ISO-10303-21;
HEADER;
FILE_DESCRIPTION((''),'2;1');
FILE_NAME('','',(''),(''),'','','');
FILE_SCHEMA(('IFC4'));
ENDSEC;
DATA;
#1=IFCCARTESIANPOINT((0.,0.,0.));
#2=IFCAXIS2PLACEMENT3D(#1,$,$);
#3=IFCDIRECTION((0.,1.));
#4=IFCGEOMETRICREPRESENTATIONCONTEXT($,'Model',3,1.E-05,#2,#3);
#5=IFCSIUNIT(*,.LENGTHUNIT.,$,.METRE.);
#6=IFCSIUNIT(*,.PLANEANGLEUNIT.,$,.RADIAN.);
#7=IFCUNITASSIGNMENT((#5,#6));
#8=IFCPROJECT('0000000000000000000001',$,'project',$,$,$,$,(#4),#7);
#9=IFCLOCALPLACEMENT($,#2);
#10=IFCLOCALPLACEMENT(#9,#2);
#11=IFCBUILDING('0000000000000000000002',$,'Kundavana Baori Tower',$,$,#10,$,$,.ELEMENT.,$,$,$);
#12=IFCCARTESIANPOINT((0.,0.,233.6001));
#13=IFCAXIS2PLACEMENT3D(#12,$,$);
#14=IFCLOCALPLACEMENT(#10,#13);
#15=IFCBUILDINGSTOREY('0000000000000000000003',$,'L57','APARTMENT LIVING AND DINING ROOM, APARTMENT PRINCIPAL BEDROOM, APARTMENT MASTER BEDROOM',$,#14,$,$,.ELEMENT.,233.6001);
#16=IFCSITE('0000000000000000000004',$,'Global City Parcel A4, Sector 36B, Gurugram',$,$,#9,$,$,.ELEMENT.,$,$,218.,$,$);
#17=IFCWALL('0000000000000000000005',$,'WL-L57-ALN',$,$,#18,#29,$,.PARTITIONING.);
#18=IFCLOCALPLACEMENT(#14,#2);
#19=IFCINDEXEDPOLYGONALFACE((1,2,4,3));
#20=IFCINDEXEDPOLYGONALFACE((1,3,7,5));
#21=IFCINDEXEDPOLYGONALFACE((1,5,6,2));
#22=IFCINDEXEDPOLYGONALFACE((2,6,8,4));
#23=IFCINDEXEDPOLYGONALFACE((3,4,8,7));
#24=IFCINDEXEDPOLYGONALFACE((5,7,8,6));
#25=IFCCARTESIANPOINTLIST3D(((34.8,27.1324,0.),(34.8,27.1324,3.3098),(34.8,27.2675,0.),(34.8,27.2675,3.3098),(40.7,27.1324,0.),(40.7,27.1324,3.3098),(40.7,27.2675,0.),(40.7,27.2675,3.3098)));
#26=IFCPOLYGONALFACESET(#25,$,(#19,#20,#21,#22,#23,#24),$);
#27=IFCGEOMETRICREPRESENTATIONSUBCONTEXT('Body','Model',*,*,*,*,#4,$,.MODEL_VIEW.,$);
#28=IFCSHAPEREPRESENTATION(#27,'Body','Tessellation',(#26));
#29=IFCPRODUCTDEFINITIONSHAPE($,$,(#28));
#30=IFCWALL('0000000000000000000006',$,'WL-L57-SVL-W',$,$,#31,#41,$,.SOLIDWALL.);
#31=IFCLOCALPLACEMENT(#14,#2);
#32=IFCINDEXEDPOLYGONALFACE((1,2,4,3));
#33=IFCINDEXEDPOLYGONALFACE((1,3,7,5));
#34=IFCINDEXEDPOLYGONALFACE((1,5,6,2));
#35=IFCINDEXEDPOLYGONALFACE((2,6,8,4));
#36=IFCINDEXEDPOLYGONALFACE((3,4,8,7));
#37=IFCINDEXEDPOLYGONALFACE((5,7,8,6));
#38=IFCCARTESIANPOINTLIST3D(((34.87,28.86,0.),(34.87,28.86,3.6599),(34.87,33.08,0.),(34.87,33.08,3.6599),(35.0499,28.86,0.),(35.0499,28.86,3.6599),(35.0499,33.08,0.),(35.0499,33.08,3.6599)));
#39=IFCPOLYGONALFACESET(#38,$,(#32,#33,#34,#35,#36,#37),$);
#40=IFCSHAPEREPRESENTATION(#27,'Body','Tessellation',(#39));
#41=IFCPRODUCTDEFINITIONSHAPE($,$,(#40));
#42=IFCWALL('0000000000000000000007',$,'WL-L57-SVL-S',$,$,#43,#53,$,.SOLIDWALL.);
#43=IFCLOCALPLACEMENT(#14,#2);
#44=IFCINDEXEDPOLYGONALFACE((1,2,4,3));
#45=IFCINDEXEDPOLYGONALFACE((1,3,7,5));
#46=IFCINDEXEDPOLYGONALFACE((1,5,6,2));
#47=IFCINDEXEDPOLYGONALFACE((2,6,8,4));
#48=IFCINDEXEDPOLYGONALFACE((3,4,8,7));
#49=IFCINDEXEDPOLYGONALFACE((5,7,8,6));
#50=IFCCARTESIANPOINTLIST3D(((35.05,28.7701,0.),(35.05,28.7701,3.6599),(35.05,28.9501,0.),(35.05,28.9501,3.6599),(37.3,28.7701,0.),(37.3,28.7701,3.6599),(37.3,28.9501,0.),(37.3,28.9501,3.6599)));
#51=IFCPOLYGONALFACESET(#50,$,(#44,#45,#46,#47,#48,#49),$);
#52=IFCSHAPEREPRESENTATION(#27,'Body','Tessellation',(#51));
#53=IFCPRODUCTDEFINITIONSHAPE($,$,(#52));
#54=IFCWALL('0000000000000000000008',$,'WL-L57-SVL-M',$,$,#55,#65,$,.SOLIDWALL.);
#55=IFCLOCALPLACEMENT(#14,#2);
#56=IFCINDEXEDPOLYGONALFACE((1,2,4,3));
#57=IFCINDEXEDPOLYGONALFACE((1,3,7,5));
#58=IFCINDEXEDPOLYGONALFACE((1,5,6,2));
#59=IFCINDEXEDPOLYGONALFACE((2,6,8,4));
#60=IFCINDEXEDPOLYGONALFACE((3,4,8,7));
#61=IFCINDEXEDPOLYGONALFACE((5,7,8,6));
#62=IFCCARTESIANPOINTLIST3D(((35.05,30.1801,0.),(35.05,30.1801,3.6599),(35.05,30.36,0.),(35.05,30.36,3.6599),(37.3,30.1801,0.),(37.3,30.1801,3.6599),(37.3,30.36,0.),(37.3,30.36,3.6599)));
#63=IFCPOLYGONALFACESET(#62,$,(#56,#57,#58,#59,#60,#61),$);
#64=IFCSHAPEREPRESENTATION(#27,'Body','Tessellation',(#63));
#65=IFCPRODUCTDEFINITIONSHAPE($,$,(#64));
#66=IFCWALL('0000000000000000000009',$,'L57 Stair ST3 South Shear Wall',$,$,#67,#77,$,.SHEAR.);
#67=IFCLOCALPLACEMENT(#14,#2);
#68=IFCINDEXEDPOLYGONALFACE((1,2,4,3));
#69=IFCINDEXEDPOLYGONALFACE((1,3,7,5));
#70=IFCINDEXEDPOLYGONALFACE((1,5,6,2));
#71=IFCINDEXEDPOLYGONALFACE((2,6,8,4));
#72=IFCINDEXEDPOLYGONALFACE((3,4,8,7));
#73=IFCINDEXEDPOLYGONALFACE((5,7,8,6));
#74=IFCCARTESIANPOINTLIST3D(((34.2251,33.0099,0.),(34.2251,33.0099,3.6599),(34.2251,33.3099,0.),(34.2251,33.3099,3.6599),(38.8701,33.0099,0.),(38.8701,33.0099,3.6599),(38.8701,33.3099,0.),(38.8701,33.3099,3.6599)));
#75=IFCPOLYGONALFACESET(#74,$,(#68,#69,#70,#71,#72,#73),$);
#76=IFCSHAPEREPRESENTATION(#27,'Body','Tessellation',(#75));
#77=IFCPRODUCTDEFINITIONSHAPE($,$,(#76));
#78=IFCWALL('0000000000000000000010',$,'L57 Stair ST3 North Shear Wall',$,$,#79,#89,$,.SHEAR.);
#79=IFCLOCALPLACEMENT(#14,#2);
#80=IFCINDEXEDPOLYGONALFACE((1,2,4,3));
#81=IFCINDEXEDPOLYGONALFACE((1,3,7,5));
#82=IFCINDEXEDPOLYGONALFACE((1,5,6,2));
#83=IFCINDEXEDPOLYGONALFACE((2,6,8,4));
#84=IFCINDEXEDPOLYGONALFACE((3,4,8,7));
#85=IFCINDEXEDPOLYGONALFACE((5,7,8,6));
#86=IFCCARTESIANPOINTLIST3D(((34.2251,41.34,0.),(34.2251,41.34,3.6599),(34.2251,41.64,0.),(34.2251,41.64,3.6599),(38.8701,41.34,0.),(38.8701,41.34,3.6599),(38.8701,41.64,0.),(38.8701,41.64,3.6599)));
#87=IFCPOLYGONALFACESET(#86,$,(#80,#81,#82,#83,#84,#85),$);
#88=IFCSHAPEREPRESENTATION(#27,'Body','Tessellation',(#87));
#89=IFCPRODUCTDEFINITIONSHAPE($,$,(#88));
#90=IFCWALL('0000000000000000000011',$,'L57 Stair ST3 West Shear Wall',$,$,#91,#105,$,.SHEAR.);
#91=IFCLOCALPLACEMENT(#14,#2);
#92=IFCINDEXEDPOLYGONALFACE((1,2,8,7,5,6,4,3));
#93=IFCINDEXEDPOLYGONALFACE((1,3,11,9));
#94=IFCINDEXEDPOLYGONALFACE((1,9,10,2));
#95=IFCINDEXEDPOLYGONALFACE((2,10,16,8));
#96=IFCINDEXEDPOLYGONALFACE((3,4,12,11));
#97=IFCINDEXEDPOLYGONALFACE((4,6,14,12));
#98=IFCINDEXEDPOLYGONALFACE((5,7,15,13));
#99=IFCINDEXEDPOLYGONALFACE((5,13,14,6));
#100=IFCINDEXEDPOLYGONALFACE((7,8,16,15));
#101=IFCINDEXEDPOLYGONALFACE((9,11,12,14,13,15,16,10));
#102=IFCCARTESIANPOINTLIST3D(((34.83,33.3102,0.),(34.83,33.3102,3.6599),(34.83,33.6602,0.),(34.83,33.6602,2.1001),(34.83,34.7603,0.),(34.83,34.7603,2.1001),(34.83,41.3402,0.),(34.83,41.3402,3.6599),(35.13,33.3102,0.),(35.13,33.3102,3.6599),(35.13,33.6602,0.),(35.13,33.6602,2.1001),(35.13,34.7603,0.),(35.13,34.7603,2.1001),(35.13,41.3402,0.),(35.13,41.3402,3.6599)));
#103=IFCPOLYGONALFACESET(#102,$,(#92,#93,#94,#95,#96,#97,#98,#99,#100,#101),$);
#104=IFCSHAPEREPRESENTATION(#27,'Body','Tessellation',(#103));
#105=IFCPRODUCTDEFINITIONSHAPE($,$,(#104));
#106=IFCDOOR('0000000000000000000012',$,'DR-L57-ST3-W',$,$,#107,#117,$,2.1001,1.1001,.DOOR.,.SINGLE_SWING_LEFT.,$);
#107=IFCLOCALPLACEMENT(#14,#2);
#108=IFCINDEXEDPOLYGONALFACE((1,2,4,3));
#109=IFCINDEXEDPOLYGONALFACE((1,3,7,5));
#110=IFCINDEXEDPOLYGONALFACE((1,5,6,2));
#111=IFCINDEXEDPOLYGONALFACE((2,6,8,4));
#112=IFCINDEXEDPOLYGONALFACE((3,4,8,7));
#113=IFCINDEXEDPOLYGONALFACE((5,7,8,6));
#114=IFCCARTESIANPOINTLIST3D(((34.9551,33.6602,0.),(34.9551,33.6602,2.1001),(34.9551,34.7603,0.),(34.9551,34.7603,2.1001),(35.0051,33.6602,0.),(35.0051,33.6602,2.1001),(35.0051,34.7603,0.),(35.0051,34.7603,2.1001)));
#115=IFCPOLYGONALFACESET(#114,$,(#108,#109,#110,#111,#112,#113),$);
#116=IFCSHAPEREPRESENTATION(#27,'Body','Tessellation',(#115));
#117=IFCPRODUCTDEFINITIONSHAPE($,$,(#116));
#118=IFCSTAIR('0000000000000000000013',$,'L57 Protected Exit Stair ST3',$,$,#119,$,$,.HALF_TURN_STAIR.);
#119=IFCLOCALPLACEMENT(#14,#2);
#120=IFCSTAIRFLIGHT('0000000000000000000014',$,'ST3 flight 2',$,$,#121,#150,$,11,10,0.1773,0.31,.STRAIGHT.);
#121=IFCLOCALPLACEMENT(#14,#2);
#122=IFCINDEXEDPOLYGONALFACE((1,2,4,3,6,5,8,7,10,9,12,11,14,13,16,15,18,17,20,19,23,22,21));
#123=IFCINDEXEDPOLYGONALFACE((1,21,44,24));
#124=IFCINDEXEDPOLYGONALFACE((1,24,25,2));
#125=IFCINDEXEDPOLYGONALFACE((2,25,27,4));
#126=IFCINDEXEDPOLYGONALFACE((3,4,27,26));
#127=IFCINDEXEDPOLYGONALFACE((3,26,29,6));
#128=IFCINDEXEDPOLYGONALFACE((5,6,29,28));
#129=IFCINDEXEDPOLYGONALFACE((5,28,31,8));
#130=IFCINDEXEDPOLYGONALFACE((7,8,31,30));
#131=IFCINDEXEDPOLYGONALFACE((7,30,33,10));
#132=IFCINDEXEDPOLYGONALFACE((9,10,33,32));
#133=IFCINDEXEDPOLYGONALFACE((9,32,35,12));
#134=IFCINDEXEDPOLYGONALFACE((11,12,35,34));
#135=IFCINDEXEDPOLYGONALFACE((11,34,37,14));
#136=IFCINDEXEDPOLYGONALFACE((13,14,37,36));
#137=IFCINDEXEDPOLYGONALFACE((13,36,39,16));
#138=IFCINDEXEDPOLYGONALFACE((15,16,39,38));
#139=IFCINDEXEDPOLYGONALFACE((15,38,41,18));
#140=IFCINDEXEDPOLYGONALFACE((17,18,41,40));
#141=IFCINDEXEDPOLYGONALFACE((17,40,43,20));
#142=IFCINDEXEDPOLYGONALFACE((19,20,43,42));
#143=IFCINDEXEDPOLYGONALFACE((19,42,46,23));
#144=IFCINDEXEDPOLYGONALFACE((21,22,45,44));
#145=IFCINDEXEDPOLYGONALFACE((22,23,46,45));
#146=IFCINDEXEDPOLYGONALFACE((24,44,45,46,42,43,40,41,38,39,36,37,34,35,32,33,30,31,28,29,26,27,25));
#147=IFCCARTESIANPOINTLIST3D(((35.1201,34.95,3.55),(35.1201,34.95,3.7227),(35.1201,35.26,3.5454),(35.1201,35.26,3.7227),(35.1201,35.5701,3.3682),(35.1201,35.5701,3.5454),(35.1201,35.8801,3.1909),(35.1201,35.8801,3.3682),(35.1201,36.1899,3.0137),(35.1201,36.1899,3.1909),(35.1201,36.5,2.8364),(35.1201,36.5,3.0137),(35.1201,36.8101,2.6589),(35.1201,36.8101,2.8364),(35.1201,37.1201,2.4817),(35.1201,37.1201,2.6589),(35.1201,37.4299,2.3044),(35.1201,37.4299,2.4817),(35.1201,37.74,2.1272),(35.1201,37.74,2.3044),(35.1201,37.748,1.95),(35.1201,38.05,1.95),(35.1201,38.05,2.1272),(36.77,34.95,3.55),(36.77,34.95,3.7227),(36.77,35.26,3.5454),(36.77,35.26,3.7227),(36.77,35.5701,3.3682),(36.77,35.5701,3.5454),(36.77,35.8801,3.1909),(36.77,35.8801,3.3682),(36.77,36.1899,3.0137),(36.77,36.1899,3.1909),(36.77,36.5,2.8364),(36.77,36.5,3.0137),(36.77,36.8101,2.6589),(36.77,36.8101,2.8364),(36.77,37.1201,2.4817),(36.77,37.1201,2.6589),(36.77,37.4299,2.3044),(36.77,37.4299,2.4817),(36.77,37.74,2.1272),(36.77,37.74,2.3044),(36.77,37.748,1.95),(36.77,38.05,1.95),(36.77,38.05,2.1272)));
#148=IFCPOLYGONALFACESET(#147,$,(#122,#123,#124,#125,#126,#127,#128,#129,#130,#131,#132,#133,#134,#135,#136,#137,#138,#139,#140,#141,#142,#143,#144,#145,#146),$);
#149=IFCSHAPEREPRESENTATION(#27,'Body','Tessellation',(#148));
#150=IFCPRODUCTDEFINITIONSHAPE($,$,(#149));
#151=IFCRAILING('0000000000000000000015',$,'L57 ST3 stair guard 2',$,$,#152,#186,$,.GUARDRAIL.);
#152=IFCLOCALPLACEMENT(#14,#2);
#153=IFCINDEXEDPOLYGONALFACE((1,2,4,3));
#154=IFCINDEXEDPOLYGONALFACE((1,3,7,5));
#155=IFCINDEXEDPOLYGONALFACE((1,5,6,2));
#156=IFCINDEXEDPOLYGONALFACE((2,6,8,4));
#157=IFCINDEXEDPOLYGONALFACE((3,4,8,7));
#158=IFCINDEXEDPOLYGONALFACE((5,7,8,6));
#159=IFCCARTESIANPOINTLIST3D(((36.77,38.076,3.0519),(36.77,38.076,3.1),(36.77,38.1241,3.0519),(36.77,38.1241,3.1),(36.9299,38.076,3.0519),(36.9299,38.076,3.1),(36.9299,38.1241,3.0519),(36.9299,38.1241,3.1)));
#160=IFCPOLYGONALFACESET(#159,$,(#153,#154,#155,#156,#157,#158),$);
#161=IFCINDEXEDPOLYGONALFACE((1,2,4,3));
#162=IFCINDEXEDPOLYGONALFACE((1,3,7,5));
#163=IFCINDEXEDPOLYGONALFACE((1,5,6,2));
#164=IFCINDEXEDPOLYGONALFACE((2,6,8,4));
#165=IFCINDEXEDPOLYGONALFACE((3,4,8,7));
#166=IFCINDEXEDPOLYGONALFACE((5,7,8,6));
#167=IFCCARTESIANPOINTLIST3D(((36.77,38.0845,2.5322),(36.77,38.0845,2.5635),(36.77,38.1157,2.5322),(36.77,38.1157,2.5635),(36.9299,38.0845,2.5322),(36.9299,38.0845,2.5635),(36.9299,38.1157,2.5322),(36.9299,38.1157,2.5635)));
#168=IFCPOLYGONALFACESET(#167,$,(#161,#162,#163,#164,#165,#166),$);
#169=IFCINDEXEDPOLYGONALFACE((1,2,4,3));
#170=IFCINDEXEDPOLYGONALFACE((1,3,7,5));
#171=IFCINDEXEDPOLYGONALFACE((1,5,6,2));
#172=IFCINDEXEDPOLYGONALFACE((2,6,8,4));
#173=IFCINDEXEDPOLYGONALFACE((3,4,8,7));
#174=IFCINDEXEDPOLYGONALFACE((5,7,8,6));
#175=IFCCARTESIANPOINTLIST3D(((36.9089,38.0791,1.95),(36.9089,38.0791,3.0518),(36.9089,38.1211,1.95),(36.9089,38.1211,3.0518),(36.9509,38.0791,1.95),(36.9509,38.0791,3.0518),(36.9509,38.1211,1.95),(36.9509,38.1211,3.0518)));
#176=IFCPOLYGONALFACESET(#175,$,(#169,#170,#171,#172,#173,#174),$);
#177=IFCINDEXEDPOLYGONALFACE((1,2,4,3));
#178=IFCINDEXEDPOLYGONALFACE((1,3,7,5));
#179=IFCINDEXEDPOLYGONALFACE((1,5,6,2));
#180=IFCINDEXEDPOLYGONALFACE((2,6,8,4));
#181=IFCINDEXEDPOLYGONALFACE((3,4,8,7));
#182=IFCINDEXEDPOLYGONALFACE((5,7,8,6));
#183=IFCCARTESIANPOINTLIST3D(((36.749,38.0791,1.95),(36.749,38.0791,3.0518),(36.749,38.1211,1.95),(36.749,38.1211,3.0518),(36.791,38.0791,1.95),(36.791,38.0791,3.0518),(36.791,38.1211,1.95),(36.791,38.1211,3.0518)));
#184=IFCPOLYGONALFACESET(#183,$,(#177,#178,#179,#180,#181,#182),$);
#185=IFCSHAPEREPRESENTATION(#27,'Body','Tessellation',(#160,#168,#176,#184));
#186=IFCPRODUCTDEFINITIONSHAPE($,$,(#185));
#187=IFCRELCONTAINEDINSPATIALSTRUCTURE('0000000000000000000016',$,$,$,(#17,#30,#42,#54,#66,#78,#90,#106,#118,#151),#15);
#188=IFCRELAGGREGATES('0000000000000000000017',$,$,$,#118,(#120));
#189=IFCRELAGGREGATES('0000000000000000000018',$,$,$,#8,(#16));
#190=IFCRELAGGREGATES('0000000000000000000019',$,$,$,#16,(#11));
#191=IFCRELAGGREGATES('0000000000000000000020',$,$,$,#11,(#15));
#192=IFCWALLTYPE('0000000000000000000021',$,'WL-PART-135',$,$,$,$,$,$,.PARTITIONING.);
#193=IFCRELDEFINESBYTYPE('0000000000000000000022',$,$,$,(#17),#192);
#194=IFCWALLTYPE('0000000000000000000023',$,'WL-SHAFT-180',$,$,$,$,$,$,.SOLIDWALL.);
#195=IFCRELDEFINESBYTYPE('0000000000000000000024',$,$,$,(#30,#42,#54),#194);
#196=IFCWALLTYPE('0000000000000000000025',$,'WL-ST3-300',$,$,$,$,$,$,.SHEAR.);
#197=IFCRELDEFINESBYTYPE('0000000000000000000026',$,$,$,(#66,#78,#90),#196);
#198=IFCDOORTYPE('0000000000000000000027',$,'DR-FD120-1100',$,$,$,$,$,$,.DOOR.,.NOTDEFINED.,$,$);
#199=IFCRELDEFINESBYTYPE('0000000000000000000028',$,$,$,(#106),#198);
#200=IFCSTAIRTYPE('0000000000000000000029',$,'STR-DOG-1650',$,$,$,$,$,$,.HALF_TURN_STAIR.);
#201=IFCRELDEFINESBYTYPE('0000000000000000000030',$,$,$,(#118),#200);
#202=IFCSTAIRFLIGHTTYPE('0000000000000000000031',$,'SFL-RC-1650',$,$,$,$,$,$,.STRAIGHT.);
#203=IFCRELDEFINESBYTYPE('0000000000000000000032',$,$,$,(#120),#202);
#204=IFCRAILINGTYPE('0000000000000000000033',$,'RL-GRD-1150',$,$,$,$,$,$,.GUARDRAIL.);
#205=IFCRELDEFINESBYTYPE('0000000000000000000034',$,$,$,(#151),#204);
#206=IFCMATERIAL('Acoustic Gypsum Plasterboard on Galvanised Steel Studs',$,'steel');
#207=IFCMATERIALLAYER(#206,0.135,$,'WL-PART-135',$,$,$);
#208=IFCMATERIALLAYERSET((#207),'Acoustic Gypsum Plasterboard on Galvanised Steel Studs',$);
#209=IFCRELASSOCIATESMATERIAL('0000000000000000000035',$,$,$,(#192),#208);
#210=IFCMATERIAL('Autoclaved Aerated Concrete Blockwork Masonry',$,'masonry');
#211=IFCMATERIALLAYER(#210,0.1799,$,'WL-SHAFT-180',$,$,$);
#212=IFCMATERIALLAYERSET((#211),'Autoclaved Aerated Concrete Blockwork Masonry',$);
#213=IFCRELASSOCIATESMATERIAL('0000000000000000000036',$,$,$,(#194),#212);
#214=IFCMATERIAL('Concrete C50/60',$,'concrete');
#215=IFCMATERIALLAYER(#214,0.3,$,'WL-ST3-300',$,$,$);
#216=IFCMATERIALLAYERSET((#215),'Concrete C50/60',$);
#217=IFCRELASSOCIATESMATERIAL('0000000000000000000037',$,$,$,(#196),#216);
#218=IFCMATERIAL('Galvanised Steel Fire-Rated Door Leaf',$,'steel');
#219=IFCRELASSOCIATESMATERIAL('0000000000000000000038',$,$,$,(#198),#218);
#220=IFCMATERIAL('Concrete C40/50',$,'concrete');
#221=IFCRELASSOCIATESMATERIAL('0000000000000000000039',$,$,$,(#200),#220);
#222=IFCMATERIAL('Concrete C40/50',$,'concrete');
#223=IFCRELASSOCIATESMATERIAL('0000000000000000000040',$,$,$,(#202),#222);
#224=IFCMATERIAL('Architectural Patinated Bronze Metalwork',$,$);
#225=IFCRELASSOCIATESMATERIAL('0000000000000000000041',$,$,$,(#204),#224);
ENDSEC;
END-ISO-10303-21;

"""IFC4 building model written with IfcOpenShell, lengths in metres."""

from ifc_helpers import new_model, si_unit, direction, frame, frame_2d, origin, origin_2d, place, context, subcontext, project, spatial, polyline, rectangle, outline, extrude, material, layer, layer_set, type_object, element, fill, aggregate, save


model = new_model("IFC4")

# Units and contexts
model_context = context("Model", 3, precision=1e-05, world=origin(), true_north=direction((0.0, 1.0)))
body_context = subcontext(model_context, "Body", "Model", "MODEL_VIEW")
ifc_project = project(units=[si_unit("LENGTHUNIT", "METRE"), si_unit("PLANEANGLEUNIT", "RADIAN")], contexts=[model_context])

# Site, building, storey
site_placement = place(None, origin())
site = spatial("IfcSite", under=ifc_project, at=site_placement, Name="Global City Parcel A4, Sector 36B, Gurugram", CompositionType="ELEMENT", RefElevation=218.0)
building_placement = place(site_placement, origin())
building = spatial("IfcBuilding", under=site, at=building_placement, Name="Kundavana Baori Tower", CompositionType="ELEMENT")
storey_placement = place(building_placement, frame((0.0, 0.0, 233.6001)))
storey = spatial("IfcBuildingStorey", under=building, at=storey_placement, Name="L57", Description="APARTMENT LIVING AND DINING ROOM, APARTMENT PRINCIPAL BEDROOM, APARTMENT MASTER BEDROOM", CompositionType="ELEMENT", Elevation=233.6001)

# Shared definitions
ifc_material_1 = material(Name="Acoustic Gypsum Plasterboard on Galvanised Steel Studs", Category="steel")
ifc_layer_1 = layer(ifc_material_1, 0.135, Name="WL-PART-135")
ifc_layer_set_1 = layer_set([ifc_layer_1], Name="Acoustic Gypsum Plasterboard on Galvanised Steel Studs")
wall_type_1 = type_object("IfcWallType", Name="WL-PART-135", PredefinedType="PARTITIONING", material=ifc_layer_set_1)

# Walls
wall_1_placement = place(storey_placement, frame((34.8, 27.2, 0.0), z_axis=(0.0, 0.0, 1.0), x_axis=(1.0, 0.0, 0.0)))
element("IfcWall", 1, at=wall_1_placement, inside=storey, type_object=wall_type_1, Name="WL-L57-ALN", PredefinedType="PARTITIONING", context=body_context, shape_type="SweptSolid", body=[
    extrude(rectangle(XDim=5.8999, YDim=0.135, at=frame_2d((2.95, 0.0))), origin(), (0.0, 0.0, 1.0), 3.3098),
])
ifc_material_2 = material(Name="Autoclaved Aerated Concrete Blockwork Masonry", Category="masonry")
ifc_layer_2 = layer(ifc_material_2, 0.1799, Name="WL-SHAFT-180")
ifc_layer_set_2 = layer_set([ifc_layer_2], Name="Autoclaved Aerated Concrete Blockwork Masonry")
wall_type_2 = type_object("IfcWallType", Name="WL-SHAFT-180", PredefinedType="SOLIDWALL", material=ifc_layer_set_2)
wall_2_placement = place(storey_placement, frame((34.96, 28.8601, 0.0), z_axis=(0.0, 0.0, 1.0), x_axis=(0.0, 1.0, 0.0)))
element("IfcWall", 2, at=wall_2_placement, inside=storey, type_object=wall_type_2, Name="WL-L57-SVL-W", PredefinedType="SOLIDWALL", context=body_context, shape_type="SweptSolid", body=[
    extrude(rectangle(XDim=4.22, YDim=0.1799, at=frame_2d((2.1099, 0.0))), origin(), (0.0, 0.0, 1.0), 3.6599),
])
for number, where, z_axis, x_axis, name in (
    (3, (35.05, 28.8601, 0.0), (0.0, 0.0, 1.0), (1.0, 0.0, 0.0), "WL-L57-SVL-S"),
    (4, (35.05, 30.27, 0.0), (0.0, 0.0, 1.0), (1.0, 0.0, 0.0), "WL-L57-SVL-M"),
):
    element("IfcWall", number, at=place(storey_placement, frame(where, z_axis=z_axis, x_axis=x_axis)), inside=storey, type_object=wall_type_2, Name=name, PredefinedType="SOLIDWALL", context=body_context, shape_type="SweptSolid", body=[
        extrude(rectangle(XDim=2.25, YDim=0.1799, at=frame_2d((1.125, 0.0))), origin(), (0.0, 0.0, 1.0), 3.6599),
    ])
ifc_material_3 = material(Name="Concrete C50/60", Category="concrete")
ifc_layer_3 = layer(ifc_material_3, 0.3, Name="WL-ST3-300")
ifc_layer_set_3 = layer_set([ifc_layer_3], Name="Concrete C50/60")
wall_type_3 = type_object("IfcWallType", Name="WL-ST3-300", PredefinedType="SHEAR", material=ifc_layer_set_3)
for number, where, z_axis, x_axis, name in (
    (5, (34.2251, 33.1599, 0.0), (0.0, 0.0, 1.0), (1.0, 0.0, 0.0), "L57 Stair ST3 South Shear Wall"),
    (6, (34.2251, 41.49, 0.0), (0.0, 0.0, 1.0), (1.0, 0.0, 0.0), "L57 Stair ST3 North Shear Wall"),
):
    element("IfcWall", number, at=place(storey_placement, frame(where, z_axis=z_axis, x_axis=x_axis)), inside=storey, type_object=wall_type_3, Name=name, PredefinedType="SHEAR", context=body_context, shape_type="SweptSolid", body=[
        extrude(rectangle(XDim=4.645, YDim=0.3, at=frame_2d((2.3225, 0.0))), origin(), (0.0, 0.0, 1.0), 3.6599),
    ])

# Wall, opening, door
wall_3_placement = place(storey_placement, frame((34.98, 33.3101, 0.0), z_axis=(0.0, 0.0, 1.0), x_axis=(0.0, 1.0, 0.0)))
wall_3 = element("IfcWall", 7, at=wall_3_placement, inside=storey, type_object=wall_type_3, Name="L57 Stair ST3 West Shear Wall", PredefinedType="SHEAR", context=body_context, shape_type="SweptSolid", body=[
    extrude(rectangle(XDim=8.03, YDim=0.3, at=frame_2d((4.0151, 0.0))), origin(), (0.0, 0.0, 1.0), 3.6599),
])
opening_1_placement = place(wall_3_placement, frame((0.3501, 0.0, 0.0)))
opening_1 = element("IfcOpeningElement", 8, at=opening_1_placement, cuts=wall_3, PredefinedType="OPENING", context=body_context, shape_type="SweptSolid", body=[
    extrude(rectangle(XDim=1.1001, YDim=2.1001, at=frame_2d((0.55, 1.05))), frame((0.0, 0.1602, 0.0), z_axis=(0.0, -1.0, 0.0), x_axis=(1.0, 0.0, 0.0)), (0.0, 0.0, 1.0), 0.3201),
])
ifc_material_4 = material(Name="Galvanised Steel Fire-Rated Door Leaf", Category="steel")
door_type_1 = type_object("IfcDoorType", Name="DR-FD120-1100", OperationType="NOTDEFINED", PredefinedType="DOOR", material=ifc_material_4)
door_1_placement = place(opening_1_placement, origin())
door_1 = element("IfcDoor", 9, at=door_1_placement, inside=storey, type_object=door_type_1, Name="DR-L57-ST3-W", OperationType="SINGLE_SWING_LEFT", OverallHeight=2.1001, OverallWidth=1.1001, PredefinedType="DOOR", context=body_context, shape_type="SweptSolid", body=[
    extrude(rectangle(XDim=1.1001, YDim=2.1001, at=frame_2d((0.55, 1.05))), frame((0.0, 0.0249, 0.0), z_axis=(0.0, -1.0, 0.0), x_axis=(1.0, 0.0, 0.0)), (0.0, 0.0, 1.0), 0.05),
])
fill(opening_1, door_1)

# Stair, stair flight
ifc_material_5 = material(Name="Concrete C40/50", Category="concrete")
stair_type = type_object("IfcStairType", Name="STR-DOG-1650", PredefinedType="HALF_TURN_STAIR", material=ifc_material_5)
stair_placement = place(storey_placement, origin())
stair = element("IfcStair", 10, at=stair_placement, inside=storey, type_object=stair_type, Name="L57 Protected Exit Stair ST3", PredefinedType="HALF_TURN_STAIR")
ifc_material_6 = material(Name="Concrete C40/50", Category="concrete")
stair_flight_type = type_object("IfcStairFlightType", Name="SFL-RC-1650", PredefinedType="STRAIGHT", material=ifc_material_6)
stair_flight_placement = place(storey_placement, frame((35.9451, 38.05, 1.95), z_axis=(0.0, 0.0, 1.0), x_axis=(0.0, -1.0, 0.0)))
stair_flight = element("IfcStairFlight", 11, at=stair_flight_placement, type_object=stair_flight_type, Name="ST3 flight 2", NumberOfRisers=11, NumberOfTreads=10, PredefinedType="STRAIGHT", RiserHeight=0.1773, TreadLength=0.31, context=body_context, shape_type="SweptSolid", body=[
    extrude(outline(polyline([(0.0, 0.0), (0.0, 0.1772), (0.3101, 0.1772), (0.3101, 0.3545), (0.6201, 0.3545), (0.6201, 0.5317), (0.9299, 0.5317), (0.9299, 0.709), (1.24, 0.709), (1.24, 0.8865), (1.55, 0.8865), (1.55, 1.0637), (1.8601, 1.0637), (1.8601, 1.241), (2.1699, 1.241), (2.1699, 1.4182), (2.48, 1.4182), (2.48, 1.5955), (2.79, 1.5955), (2.79, 1.7727), (3.1001, 1.7727), (3.1001, 1.95), (3.1001, 1.6001), (0.302, 0.0), (0.0, 0.0)])), frame((0.0, 0.825, 0.0), z_axis=(0.0, -1.0, 0.0), x_axis=(1.0, 0.0, 0.0)), (0.0, 0.0, 1.0), 1.6499),
])
aggregate(stair, [stair_flight])

# Railing
ifc_material_7 = material(Name="Architectural Patinated Bronze Metalwork")
railing_type_1 = type_object("IfcRailingType", Name="RL-GRD-1150", PredefinedType="GUARDRAIL", material=ifc_material_7)
railing_1_placement = place(storey_placement, frame((36.9299, 38.1001, 1.95)))
element("IfcRailing", 12, at=railing_1_placement, inside=storey, type_object=railing_type_1, Name="L57 ST3 stair guard 2", PredefinedType="GUARDRAIL", context=body_context, shape_type="SweptSolid", body=[
    extrude(rectangle(XDim=0.0481, YDim=0.0481, at=origin_2d()), frame((0.0, 0.0, 1.126), z_axis=(-1.0, 0.0, 0.0), x_axis=(0.0, -1.0, 0.0)), (0.0, 0.0, 1.0), 0.1599),
    extrude(rectangle(XDim=0.0312, YDim=0.0312, at=origin_2d()), frame((0.0, 0.0, 0.5979), z_axis=(-1.0, 0.0, 0.0), x_axis=(0.0, -1.0, 0.0)), (0.0, 0.0, 1.0), 0.1599),
    extrude(rectangle(XDim=0.042, YDim=0.042, at=origin_2d()), origin(), (0.0, 0.0, 1.0), 1.1018),
    extrude(rectangle(XDim=0.042, YDim=0.042, at=origin_2d()), frame((-0.1599, 0.0, 0.0)), (0.0, 0.0, 1.0), 1.1018),
])

save(model, "model.ifc")
